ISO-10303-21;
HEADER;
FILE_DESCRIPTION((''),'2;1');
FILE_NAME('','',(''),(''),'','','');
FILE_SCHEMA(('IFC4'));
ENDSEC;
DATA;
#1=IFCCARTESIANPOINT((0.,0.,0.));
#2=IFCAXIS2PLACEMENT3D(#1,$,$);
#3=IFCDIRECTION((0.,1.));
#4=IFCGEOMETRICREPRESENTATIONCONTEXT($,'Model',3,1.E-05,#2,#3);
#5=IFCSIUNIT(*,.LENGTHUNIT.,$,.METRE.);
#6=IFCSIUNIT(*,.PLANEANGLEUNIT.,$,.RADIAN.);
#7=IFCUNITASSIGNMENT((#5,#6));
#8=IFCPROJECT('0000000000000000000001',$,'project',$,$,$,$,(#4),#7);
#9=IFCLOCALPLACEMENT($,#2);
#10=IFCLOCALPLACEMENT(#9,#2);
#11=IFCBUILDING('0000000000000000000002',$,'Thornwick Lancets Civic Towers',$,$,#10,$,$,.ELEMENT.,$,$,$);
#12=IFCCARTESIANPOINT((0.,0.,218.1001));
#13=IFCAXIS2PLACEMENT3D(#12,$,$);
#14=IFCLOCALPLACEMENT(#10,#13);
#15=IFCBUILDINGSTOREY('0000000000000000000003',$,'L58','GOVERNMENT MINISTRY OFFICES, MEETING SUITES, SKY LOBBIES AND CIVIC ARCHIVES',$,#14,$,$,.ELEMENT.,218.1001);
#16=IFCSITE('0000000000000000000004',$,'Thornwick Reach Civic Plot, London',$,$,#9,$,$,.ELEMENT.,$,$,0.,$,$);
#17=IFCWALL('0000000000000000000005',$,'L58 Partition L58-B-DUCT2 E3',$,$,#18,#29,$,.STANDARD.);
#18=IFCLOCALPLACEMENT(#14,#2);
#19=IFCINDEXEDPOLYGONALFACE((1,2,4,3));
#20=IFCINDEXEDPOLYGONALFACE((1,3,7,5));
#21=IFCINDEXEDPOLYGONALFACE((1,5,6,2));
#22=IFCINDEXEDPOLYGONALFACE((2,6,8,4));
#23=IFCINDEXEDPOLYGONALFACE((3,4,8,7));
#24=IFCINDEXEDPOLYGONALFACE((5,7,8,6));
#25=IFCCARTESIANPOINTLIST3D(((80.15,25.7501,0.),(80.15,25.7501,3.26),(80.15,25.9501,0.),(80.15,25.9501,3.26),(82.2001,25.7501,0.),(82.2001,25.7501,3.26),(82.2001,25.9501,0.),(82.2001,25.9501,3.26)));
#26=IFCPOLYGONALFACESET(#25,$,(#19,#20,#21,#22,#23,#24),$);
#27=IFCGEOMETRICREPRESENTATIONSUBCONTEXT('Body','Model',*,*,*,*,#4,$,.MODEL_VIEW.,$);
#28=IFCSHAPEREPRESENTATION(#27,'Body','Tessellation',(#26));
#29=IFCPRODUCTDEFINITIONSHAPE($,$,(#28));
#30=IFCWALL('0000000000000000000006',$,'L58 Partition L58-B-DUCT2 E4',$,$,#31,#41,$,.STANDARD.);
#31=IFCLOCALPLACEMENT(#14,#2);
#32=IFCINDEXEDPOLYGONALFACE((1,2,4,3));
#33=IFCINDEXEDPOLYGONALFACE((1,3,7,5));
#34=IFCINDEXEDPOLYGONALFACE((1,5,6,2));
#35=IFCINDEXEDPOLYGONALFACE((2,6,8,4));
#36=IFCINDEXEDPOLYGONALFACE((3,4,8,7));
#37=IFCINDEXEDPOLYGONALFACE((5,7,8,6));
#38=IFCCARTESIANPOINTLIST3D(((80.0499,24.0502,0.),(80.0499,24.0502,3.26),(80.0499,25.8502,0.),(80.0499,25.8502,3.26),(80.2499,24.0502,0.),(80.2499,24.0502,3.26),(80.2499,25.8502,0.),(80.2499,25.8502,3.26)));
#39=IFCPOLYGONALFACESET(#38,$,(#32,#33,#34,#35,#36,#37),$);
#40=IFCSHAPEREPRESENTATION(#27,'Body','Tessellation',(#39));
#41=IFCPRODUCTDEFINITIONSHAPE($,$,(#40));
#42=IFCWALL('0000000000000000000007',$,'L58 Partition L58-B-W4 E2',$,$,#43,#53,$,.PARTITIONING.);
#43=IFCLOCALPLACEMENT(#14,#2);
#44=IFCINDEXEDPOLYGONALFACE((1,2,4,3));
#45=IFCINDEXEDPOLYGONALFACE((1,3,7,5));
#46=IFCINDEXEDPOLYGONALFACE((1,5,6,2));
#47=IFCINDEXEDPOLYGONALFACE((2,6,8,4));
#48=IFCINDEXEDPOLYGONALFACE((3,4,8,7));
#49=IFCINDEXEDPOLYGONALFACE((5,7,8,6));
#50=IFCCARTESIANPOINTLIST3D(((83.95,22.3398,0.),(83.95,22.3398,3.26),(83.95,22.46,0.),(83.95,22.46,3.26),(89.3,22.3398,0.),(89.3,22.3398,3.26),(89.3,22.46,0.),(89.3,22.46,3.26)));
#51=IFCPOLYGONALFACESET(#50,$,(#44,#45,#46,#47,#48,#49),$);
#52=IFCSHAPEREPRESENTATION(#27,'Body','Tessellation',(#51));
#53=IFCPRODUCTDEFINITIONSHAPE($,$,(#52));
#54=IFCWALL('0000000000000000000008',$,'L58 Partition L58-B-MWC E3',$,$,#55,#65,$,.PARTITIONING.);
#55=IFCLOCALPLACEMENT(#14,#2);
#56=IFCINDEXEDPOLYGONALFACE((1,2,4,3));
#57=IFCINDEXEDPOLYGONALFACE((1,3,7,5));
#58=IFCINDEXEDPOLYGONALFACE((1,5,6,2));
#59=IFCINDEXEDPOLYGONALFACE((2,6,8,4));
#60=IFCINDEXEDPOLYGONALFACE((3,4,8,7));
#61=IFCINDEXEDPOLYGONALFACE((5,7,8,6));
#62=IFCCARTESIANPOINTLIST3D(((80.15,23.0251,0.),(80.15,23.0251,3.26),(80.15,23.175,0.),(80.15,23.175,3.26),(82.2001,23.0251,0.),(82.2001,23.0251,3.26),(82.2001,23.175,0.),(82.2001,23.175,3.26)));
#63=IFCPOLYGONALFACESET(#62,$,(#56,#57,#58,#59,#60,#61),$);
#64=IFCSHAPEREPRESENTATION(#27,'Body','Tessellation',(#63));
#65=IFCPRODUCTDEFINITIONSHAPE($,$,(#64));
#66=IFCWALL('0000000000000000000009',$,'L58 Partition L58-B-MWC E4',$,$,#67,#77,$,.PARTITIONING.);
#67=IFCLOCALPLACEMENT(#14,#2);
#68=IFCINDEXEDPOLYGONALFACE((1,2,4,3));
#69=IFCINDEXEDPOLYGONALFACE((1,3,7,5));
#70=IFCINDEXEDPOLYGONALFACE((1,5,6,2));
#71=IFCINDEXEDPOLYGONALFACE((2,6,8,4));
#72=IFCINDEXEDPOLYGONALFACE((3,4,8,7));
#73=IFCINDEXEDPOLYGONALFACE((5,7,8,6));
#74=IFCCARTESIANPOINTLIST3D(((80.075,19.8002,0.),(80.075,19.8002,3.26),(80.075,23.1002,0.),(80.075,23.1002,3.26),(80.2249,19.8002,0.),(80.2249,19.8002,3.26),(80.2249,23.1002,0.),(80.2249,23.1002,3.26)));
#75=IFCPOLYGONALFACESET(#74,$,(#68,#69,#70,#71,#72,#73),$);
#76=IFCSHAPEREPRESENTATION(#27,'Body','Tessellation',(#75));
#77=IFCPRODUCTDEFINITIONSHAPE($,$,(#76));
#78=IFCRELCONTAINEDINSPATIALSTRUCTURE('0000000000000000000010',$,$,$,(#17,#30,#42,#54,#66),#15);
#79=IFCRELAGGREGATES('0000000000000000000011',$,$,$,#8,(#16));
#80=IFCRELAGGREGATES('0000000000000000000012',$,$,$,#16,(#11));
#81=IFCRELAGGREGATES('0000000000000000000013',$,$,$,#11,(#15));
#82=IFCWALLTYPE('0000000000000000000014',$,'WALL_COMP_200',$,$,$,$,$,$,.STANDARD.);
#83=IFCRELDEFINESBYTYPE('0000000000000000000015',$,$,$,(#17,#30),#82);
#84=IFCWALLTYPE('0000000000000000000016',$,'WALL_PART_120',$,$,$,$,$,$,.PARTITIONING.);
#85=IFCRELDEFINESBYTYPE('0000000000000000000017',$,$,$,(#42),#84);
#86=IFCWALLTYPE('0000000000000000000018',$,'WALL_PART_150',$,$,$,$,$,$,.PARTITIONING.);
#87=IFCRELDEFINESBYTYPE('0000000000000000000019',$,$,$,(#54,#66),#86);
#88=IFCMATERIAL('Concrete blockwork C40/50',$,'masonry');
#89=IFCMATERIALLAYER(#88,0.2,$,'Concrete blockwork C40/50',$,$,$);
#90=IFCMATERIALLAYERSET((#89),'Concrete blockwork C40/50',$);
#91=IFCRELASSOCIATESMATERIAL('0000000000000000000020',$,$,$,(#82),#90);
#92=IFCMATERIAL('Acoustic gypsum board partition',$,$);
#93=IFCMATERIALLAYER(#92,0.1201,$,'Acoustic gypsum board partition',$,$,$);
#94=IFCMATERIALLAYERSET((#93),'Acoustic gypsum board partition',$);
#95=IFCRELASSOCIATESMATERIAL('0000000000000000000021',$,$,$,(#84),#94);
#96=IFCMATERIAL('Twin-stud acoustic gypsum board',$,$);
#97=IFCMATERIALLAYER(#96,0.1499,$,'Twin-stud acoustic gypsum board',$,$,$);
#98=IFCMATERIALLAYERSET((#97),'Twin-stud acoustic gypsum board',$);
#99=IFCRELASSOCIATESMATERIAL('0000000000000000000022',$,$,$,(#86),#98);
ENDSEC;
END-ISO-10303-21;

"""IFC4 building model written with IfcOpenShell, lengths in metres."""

from ifc_helpers import new_model, si_unit, direction, frame, frame_2d, origin, place, context, subcontext, project, spatial, rectangle, extrude, material, layer, layer_set, type_object, element, save


model = new_model("IFC4")

# Units and contexts
model_context = context("Model", 3, precision=1e-05, world=origin(), true_north=direction((0.0, 1.0)))
body_context = subcontext(model_context, "Body", "Model", "MODEL_VIEW")
ifc_project = project(units=[si_unit("LENGTHUNIT", "METRE"), si_unit("PLANEANGLEUNIT", "RADIAN")], contexts=[model_context])

# Site, building, storey
site_placement = place(None, origin())
site = spatial("IfcSite", under=ifc_project, at=site_placement, Name="Thornwick Reach Civic Plot, London", CompositionType="ELEMENT", RefElevation=0.0)
building_placement = place(site_placement, origin())
building = spatial("IfcBuilding", under=site, at=building_placement, Name="Thornwick Lancets Civic Towers", CompositionType="ELEMENT")
storey_placement = place(building_placement, frame((0.0, 0.0, 218.1001)))
storey = spatial("IfcBuildingStorey", under=building, at=storey_placement, Name="L58", Description="GOVERNMENT MINISTRY OFFICES, MEETING SUITES, SKY LOBBIES AND CIVIC ARCHIVES", CompositionType="ELEMENT", Elevation=218.1001)

# Shared definitions
ifc_material_1 = material(Name="Concrete blockwork C40/50", Category="masonry")
ifc_layer_1 = layer(ifc_material_1, 0.2, Name="Concrete blockwork C40/50")
ifc_layer_set_1 = layer_set([ifc_layer_1], Name="Concrete blockwork C40/50")
wall_type_1 = type_object("IfcWallType", Name="WALL_COMP_200", PredefinedType="STANDARD", material=ifc_layer_set_1)

# Walls
wall_1_placement = place(storey_placement, frame((82.2, 25.8501, 0.0), z_axis=(0.0, 0.0, 1.0), x_axis=(-1.0, 0.0, 0.0)))
element("IfcWall", 1, at=wall_1_placement, inside=storey, type_object=wall_type_1, Name="L58 Partition L58-B-DUCT2 E3", PredefinedType="STANDARD", context=body_context, shape_type="SweptSolid", body=[
    extrude(rectangle(XDim=2.05, YDim=0.2, at=frame_2d((1.0249, 0.0))), origin(), (0.0, 0.0, 1.0), 3.26),
])
wall_2_placement = place(storey_placement, frame((80.1499, 25.8501, 0.0), z_axis=(0.0, 0.0, 1.0), x_axis=(0.0, -1.0, 0.0)))
element("IfcWall", 2, at=wall_2_placement, inside=storey, type_object=wall_type_1, Name="L58 Partition L58-B-DUCT2 E4", PredefinedType="STANDARD", context=body_context, shape_type="SweptSolid", body=[
    extrude(rectangle(XDim=1.8, YDim=0.2, at=frame_2d((0.8999, 0.0))), origin(), (0.0, 0.0, 1.0), 3.26),
])
ifc_material_2 = material(Name="Acoustic gypsum board partition")
ifc_layer_2 = layer(ifc_material_2, 0.1201, Name="Acoustic gypsum board partition")
ifc_layer_set_2 = layer_set([ifc_layer_2], Name="Acoustic gypsum board partition")
wall_type_2 = type_object("IfcWallType", Name="WALL_PART_120", PredefinedType="PARTITIONING", material=ifc_layer_set_2)
wall_3_placement = place(storey_placement, frame((83.95, 22.3999, 0.0), z_axis=(0.0, 0.0, 1.0), x_axis=(1.0, 0.0, 0.0)))
element("IfcWall", 3, at=wall_3_placement, inside=storey, type_object=wall_type_2, Name="L58 Partition L58-B-W4 E2", PredefinedType="PARTITIONING", context=body_context, shape_type="SweptSolid", body=[
    extrude(rectangle(XDim=5.3501, YDim=0.1201, at=frame_2d((2.675, 0.0))), origin(), (0.0, 0.0, 1.0), 3.26),
])
ifc_material_3 = material(Name="Twin-stud acoustic gypsum board")
ifc_layer_3 = layer(ifc_material_3, 0.1499, Name="Twin-stud acoustic gypsum board")
ifc_layer_set_3 = layer_set([ifc_layer_3], Name="Twin-stud acoustic gypsum board")
wall_type_3 = type_object("IfcWallType", Name="WALL_PART_150", PredefinedType="PARTITIONING", material=ifc_layer_set_3)
wall_4_placement = place(storey_placement, frame((82.2, 23.1001, 0.0), z_axis=(0.0, 0.0, 1.0), x_axis=(-1.0, 0.0, 0.0)))
element("IfcWall", 4, at=wall_4_placement, inside=storey, type_object=wall_type_3, Name="L58 Partition L58-B-MWC E3", PredefinedType="PARTITIONING", context=body_context, shape_type="SweptSolid", body=[
    extrude(rectangle(XDim=2.05, YDim=0.1499, at=frame_2d((1.0249, 0.0))), origin(), (0.0, 0.0, 1.0), 3.26),
])
wall_5_placement = place(storey_placement, frame((80.1499, 23.1001, 0.0), z_axis=(0.0, 0.0, 1.0), x_axis=(0.0, -1.0, 0.0)))
element("IfcWall", 5, at=wall_5_placement, inside=storey, type_object=wall_type_3, Name="L58 Partition L58-B-MWC E4", PredefinedType="PARTITIONING", context=body_context, shape_type="SweptSolid", body=[
    extrude(rectangle(XDim=3.3, YDim=0.1499, at=frame_2d((1.6499, 0.0))), origin(), (0.0, 0.0, 1.0), 3.26),
])

save(model, "model.ifc")
